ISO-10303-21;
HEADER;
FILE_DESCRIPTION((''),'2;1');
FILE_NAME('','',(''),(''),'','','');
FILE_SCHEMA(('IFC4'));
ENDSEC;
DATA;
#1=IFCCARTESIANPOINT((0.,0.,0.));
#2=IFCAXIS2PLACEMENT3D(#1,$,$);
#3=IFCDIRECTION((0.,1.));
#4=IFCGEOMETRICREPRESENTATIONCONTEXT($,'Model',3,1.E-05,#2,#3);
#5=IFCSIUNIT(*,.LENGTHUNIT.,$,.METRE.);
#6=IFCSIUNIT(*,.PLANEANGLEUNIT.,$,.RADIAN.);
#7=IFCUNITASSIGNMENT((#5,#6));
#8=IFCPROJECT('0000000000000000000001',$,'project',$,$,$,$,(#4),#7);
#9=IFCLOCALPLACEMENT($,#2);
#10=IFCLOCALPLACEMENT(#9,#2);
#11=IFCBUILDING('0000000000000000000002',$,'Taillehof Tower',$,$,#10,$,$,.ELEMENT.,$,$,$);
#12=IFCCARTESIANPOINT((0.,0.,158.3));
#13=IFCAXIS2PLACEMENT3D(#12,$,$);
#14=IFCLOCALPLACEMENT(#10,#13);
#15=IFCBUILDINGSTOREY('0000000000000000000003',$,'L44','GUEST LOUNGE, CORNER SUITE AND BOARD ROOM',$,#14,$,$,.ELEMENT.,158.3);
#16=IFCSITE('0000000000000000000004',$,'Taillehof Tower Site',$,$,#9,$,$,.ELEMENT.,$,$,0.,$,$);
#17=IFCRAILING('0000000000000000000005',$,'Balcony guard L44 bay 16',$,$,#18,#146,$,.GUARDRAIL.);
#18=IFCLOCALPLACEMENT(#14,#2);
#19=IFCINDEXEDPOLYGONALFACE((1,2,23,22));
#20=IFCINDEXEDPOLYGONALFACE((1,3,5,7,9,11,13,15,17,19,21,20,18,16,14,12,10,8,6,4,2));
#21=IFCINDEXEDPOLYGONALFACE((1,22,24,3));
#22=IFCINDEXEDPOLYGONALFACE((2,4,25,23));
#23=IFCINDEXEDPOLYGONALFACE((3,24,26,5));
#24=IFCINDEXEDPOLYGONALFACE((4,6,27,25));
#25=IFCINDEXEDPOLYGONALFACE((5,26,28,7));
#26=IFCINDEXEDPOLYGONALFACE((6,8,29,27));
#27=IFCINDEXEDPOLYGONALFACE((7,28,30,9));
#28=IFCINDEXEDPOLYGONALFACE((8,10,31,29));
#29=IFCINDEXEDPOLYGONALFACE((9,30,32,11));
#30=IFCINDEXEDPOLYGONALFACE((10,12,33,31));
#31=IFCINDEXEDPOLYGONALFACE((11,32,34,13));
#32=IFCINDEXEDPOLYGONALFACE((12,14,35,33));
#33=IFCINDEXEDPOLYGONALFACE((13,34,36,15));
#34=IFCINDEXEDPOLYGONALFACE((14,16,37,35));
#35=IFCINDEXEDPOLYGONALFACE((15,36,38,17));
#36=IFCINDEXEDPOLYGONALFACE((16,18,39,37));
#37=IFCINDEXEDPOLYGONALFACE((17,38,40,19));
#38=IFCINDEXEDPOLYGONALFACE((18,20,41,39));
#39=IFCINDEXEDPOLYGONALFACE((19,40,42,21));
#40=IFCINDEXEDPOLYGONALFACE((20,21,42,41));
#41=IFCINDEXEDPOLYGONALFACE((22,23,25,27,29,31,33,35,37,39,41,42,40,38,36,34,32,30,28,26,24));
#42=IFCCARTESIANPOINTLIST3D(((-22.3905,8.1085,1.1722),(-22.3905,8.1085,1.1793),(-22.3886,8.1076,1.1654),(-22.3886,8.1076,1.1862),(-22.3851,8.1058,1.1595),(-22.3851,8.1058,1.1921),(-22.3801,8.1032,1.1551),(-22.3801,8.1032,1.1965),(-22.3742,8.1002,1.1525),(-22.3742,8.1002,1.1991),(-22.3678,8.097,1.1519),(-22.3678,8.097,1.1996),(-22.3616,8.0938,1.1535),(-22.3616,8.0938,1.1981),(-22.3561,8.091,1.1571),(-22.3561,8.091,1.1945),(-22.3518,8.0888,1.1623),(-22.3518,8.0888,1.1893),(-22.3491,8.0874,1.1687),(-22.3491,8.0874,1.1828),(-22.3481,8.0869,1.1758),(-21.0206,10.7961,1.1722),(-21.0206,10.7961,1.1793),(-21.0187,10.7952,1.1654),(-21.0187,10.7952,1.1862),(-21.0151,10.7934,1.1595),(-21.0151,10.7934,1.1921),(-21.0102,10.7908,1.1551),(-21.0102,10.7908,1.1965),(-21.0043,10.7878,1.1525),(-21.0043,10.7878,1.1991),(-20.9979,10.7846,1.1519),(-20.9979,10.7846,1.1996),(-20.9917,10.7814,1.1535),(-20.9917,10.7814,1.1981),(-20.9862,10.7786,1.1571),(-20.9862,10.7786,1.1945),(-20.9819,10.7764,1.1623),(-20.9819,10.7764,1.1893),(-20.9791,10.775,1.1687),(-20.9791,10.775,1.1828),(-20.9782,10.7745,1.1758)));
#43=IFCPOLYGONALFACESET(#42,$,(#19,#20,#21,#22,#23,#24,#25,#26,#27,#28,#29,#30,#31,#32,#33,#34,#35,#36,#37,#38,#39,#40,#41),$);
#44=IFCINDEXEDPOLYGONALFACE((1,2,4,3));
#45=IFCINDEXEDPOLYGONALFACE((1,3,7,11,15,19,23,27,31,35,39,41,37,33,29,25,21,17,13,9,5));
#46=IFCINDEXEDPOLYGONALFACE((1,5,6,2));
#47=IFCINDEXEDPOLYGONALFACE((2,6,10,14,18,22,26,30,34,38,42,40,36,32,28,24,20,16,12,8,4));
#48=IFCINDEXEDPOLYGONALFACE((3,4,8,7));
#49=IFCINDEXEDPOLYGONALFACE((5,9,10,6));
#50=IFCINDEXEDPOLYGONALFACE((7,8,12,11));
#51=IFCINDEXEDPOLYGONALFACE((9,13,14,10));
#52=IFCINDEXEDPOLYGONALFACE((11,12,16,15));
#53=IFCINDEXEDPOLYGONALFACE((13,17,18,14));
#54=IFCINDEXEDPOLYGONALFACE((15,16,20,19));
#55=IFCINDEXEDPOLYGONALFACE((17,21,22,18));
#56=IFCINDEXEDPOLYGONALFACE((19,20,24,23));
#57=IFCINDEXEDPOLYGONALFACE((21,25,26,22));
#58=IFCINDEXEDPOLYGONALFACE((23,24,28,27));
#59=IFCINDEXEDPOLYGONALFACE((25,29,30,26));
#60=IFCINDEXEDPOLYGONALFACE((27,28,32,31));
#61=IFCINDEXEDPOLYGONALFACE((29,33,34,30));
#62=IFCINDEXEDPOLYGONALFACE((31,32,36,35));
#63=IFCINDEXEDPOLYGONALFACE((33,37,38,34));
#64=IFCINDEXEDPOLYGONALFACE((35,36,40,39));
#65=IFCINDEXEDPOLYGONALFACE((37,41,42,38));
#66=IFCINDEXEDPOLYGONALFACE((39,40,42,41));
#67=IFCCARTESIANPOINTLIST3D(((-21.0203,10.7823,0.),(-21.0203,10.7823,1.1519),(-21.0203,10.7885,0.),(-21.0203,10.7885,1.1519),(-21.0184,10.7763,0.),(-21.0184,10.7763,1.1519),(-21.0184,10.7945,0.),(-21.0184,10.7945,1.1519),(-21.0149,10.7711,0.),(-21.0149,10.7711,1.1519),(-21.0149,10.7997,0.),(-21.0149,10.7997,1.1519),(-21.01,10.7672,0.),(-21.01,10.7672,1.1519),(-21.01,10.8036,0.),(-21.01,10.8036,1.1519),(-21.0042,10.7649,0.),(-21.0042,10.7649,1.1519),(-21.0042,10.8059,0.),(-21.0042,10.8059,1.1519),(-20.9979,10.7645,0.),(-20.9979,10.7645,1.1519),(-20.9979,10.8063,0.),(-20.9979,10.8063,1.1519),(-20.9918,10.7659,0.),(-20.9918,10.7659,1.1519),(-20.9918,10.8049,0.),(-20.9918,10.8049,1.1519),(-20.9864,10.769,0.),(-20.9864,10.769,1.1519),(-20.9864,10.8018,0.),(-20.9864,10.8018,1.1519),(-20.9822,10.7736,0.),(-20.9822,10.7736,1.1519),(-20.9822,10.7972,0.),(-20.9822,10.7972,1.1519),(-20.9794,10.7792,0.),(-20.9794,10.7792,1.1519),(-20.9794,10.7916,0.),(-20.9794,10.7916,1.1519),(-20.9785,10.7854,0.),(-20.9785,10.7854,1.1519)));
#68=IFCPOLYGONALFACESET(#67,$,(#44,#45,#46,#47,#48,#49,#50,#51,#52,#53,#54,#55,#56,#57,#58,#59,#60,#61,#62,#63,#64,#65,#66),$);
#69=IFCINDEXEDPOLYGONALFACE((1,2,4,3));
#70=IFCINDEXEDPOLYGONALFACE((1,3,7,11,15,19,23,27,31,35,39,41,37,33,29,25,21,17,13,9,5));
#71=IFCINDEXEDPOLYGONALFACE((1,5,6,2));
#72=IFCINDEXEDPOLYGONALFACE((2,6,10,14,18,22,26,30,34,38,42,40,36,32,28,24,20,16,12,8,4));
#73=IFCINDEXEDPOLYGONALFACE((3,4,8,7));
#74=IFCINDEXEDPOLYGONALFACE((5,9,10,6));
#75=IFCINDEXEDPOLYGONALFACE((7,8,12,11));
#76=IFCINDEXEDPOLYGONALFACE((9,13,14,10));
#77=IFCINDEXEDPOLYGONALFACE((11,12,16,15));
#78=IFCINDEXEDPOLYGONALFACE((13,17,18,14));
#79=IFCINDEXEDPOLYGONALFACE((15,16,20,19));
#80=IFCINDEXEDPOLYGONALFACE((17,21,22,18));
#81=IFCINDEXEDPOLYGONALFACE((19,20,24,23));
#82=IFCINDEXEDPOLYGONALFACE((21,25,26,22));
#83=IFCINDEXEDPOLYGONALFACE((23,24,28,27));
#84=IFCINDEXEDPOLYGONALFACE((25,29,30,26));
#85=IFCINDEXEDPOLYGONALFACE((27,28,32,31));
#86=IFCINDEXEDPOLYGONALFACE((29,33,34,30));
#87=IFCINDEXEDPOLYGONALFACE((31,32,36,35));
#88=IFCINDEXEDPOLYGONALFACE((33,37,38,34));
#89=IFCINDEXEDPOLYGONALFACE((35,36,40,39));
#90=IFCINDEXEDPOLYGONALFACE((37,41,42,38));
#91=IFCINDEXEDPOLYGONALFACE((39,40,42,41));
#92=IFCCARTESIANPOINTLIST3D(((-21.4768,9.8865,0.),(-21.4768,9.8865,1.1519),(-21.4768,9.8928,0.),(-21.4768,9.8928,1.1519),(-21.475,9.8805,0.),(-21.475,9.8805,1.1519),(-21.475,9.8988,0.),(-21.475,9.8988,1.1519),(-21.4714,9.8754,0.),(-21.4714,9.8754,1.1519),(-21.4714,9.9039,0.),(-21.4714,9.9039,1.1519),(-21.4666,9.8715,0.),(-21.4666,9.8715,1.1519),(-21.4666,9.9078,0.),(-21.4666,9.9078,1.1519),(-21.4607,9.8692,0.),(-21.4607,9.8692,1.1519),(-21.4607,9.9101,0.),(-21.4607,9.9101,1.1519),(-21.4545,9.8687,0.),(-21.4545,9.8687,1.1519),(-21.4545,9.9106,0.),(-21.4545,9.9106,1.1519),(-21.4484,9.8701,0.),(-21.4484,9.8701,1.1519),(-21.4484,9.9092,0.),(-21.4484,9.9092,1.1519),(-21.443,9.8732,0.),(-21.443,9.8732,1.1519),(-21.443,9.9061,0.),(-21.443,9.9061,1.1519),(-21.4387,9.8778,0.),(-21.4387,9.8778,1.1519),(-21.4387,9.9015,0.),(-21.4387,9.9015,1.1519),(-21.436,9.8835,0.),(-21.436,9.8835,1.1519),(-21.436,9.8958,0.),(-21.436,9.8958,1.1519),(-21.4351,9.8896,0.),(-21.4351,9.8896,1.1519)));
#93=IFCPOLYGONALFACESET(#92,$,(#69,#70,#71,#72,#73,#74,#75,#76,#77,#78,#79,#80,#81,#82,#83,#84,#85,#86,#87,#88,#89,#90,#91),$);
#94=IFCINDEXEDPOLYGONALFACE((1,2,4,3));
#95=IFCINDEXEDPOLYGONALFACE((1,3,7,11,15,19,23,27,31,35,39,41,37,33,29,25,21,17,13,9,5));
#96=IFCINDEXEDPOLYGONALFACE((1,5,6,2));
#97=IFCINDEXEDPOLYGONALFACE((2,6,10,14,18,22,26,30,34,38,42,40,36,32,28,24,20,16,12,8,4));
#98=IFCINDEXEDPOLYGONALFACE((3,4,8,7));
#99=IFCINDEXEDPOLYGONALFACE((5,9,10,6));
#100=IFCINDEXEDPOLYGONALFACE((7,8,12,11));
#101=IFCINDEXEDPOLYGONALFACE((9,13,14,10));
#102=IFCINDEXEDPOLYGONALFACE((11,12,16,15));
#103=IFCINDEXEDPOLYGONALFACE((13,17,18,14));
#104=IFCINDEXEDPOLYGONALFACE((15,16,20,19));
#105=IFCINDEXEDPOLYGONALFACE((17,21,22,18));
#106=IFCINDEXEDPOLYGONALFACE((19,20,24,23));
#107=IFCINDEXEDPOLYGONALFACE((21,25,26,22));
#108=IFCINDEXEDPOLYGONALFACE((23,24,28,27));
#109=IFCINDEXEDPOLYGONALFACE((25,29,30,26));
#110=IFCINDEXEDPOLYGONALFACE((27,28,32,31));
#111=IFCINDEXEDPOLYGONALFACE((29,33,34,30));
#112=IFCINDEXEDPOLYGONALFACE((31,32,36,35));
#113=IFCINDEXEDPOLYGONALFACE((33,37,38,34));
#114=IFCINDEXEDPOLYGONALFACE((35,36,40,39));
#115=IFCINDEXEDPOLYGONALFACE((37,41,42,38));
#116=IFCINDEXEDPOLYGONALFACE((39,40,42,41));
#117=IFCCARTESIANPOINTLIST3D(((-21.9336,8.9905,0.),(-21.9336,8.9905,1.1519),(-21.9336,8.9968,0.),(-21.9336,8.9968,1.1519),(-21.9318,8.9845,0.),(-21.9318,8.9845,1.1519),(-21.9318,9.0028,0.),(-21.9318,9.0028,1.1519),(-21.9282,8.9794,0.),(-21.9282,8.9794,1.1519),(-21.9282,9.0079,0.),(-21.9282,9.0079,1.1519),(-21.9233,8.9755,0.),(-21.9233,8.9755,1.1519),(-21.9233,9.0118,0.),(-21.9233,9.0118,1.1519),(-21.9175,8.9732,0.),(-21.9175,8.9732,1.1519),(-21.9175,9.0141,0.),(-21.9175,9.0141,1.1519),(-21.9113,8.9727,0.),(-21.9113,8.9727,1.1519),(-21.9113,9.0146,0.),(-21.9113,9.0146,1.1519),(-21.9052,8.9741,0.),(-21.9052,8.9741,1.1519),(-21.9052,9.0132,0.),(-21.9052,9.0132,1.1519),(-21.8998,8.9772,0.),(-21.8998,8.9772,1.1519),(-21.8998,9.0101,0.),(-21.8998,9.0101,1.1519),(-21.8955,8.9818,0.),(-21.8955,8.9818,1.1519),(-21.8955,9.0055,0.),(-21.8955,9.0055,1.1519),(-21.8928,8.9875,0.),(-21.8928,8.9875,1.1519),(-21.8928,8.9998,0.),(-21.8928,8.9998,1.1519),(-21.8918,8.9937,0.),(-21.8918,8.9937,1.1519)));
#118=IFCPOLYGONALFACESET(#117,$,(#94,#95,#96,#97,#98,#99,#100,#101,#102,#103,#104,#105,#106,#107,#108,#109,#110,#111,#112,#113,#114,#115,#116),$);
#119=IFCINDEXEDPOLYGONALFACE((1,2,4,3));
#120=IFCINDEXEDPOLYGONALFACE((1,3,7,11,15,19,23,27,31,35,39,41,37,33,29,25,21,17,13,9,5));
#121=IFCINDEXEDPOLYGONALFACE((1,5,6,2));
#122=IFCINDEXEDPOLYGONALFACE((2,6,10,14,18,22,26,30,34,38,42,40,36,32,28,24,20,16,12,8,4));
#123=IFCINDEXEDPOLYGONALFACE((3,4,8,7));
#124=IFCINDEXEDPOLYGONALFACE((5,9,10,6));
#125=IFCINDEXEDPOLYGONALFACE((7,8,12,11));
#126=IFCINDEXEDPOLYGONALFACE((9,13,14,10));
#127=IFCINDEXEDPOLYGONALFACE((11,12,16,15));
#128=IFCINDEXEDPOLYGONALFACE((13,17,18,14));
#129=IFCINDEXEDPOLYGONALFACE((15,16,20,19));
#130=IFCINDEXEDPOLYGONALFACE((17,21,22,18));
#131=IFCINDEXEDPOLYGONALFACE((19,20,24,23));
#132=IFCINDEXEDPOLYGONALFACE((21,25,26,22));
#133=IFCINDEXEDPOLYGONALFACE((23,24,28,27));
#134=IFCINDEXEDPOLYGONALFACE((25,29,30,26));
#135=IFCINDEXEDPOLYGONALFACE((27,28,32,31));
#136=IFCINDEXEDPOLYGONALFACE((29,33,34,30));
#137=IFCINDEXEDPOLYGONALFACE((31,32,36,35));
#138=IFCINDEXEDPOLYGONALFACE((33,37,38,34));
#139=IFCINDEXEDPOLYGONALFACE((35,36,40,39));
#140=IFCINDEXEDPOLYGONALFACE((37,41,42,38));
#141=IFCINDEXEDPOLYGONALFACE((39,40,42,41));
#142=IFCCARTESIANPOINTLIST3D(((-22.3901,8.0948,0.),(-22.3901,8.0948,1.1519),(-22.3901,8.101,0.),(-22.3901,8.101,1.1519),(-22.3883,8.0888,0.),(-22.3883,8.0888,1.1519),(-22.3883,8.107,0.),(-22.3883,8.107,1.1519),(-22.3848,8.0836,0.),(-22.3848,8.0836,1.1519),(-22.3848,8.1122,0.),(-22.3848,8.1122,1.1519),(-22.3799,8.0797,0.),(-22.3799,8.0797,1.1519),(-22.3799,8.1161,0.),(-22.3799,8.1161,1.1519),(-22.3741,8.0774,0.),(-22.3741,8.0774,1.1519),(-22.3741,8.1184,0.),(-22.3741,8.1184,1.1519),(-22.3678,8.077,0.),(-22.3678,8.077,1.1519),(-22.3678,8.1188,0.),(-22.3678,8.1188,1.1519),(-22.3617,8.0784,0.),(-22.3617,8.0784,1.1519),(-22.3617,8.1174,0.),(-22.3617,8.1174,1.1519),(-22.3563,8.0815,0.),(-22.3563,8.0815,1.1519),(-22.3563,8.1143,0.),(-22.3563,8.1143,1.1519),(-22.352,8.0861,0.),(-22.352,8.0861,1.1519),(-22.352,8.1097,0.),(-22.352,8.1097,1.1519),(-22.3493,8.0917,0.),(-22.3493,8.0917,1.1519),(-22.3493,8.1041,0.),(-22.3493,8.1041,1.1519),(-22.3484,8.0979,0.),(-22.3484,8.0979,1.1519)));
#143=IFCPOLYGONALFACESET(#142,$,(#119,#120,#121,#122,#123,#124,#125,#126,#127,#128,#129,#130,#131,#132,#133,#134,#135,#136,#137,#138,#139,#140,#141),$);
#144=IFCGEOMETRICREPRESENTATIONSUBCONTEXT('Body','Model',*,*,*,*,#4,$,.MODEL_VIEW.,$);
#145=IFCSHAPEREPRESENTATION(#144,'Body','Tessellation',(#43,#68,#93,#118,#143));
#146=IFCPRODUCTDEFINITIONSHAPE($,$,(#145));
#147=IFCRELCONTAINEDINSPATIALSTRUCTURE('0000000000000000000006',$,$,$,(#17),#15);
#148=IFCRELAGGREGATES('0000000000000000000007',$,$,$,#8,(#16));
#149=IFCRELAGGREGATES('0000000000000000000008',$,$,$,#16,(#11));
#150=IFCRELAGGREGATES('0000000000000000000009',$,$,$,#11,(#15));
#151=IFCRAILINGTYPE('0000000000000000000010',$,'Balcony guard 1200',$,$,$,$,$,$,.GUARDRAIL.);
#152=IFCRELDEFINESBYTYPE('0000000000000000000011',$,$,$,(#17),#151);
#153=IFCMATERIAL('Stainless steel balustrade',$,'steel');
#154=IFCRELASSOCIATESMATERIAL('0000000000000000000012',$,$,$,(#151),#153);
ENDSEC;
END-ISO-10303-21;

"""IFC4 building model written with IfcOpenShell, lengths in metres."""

from ifc_helpers import new_model, si_unit, direction, frame, origin, origin_2d, place, context, subcontext, project, spatial, circle, extrude, material, type_object, element, save


model = new_model("IFC4")

# Units and contexts
model_context = context("Model", 3, precision=1e-05, world=origin(), true_north=direction((0.0, 1.0)))
body_context = subcontext(model_context, "Body", "Model", "MODEL_VIEW")
ifc_project = project(units=[si_unit("LENGTHUNIT", "METRE"), si_unit("PLANEANGLEUNIT", "RADIAN")], contexts=[model_context])

# Site, building, storey
site_placement = place(None, origin())
site = spatial("IfcSite", under=ifc_project, at=site_placement, Name="Taillehof Tower Site", CompositionType="ELEMENT", RefElevation=0.0)
building_placement = place(site_placement, origin())
building = spatial("IfcBuilding", under=site, at=building_placement, Name="Taillehof Tower", CompositionType="ELEMENT")
storey_placement = place(building_placement, frame((0.0, 0.0, 158.3)))
storey = spatial("IfcBuildingStorey", under=building, at=storey_placement, Name="L44", Description="GUEST LOUNGE, CORNER SUITE AND BOARD ROOM", CompositionType="ELEMENT", Elevation=158.3)

# Railing
ifc_material_1 = material(Name="Stainless steel balustrade", Category="steel")
railing_type = type_object("IfcRailingType", Name="Balcony guard 1200", PredefinedType="GUARDRAIL", material=ifc_material_1)
railing_1_placement = place(storey_placement, frame((-20.9995, 10.7854, 0.0)))
element("IfcRailing", 1, at=railing_1_placement, inside=storey, type_object=railing_type, Name="Balcony guard L44 bay 16", PredefinedType="GUARDRAIL", context=body_context, shape_type="SweptSolid", body=[
    extrude(circle(Radius=0.0239, at=origin_2d()), frame((0.0, 0.0, 1.1758), z_axis=(-0.454128, -0.890936, 0.0), x_axis=(0.890936, -0.454128, 0.0)), (0.0, 0.0, 1.0), 3.0166),
    extrude(circle(Radius=0.021, at=origin_2d()), origin(), (0.0, 0.0, 1.0), 1.1519),
    extrude(circle(Radius=0.021, at=origin_2d()), frame((-0.4565, -0.8958, 0.0)), (0.0, 0.0, 1.0), 1.1519),
    extrude(circle(Radius=0.021, at=origin_2d()), frame((-0.9133, -1.7917, 0.0)), (0.0, 0.0, 1.0), 1.1519),
    extrude(circle(Radius=0.021, at=origin_2d()), frame((-1.3699, -2.6875, 0.0)), (0.0, 0.0, 1.0), 1.1519),
])

save(model, "model.ifc")
